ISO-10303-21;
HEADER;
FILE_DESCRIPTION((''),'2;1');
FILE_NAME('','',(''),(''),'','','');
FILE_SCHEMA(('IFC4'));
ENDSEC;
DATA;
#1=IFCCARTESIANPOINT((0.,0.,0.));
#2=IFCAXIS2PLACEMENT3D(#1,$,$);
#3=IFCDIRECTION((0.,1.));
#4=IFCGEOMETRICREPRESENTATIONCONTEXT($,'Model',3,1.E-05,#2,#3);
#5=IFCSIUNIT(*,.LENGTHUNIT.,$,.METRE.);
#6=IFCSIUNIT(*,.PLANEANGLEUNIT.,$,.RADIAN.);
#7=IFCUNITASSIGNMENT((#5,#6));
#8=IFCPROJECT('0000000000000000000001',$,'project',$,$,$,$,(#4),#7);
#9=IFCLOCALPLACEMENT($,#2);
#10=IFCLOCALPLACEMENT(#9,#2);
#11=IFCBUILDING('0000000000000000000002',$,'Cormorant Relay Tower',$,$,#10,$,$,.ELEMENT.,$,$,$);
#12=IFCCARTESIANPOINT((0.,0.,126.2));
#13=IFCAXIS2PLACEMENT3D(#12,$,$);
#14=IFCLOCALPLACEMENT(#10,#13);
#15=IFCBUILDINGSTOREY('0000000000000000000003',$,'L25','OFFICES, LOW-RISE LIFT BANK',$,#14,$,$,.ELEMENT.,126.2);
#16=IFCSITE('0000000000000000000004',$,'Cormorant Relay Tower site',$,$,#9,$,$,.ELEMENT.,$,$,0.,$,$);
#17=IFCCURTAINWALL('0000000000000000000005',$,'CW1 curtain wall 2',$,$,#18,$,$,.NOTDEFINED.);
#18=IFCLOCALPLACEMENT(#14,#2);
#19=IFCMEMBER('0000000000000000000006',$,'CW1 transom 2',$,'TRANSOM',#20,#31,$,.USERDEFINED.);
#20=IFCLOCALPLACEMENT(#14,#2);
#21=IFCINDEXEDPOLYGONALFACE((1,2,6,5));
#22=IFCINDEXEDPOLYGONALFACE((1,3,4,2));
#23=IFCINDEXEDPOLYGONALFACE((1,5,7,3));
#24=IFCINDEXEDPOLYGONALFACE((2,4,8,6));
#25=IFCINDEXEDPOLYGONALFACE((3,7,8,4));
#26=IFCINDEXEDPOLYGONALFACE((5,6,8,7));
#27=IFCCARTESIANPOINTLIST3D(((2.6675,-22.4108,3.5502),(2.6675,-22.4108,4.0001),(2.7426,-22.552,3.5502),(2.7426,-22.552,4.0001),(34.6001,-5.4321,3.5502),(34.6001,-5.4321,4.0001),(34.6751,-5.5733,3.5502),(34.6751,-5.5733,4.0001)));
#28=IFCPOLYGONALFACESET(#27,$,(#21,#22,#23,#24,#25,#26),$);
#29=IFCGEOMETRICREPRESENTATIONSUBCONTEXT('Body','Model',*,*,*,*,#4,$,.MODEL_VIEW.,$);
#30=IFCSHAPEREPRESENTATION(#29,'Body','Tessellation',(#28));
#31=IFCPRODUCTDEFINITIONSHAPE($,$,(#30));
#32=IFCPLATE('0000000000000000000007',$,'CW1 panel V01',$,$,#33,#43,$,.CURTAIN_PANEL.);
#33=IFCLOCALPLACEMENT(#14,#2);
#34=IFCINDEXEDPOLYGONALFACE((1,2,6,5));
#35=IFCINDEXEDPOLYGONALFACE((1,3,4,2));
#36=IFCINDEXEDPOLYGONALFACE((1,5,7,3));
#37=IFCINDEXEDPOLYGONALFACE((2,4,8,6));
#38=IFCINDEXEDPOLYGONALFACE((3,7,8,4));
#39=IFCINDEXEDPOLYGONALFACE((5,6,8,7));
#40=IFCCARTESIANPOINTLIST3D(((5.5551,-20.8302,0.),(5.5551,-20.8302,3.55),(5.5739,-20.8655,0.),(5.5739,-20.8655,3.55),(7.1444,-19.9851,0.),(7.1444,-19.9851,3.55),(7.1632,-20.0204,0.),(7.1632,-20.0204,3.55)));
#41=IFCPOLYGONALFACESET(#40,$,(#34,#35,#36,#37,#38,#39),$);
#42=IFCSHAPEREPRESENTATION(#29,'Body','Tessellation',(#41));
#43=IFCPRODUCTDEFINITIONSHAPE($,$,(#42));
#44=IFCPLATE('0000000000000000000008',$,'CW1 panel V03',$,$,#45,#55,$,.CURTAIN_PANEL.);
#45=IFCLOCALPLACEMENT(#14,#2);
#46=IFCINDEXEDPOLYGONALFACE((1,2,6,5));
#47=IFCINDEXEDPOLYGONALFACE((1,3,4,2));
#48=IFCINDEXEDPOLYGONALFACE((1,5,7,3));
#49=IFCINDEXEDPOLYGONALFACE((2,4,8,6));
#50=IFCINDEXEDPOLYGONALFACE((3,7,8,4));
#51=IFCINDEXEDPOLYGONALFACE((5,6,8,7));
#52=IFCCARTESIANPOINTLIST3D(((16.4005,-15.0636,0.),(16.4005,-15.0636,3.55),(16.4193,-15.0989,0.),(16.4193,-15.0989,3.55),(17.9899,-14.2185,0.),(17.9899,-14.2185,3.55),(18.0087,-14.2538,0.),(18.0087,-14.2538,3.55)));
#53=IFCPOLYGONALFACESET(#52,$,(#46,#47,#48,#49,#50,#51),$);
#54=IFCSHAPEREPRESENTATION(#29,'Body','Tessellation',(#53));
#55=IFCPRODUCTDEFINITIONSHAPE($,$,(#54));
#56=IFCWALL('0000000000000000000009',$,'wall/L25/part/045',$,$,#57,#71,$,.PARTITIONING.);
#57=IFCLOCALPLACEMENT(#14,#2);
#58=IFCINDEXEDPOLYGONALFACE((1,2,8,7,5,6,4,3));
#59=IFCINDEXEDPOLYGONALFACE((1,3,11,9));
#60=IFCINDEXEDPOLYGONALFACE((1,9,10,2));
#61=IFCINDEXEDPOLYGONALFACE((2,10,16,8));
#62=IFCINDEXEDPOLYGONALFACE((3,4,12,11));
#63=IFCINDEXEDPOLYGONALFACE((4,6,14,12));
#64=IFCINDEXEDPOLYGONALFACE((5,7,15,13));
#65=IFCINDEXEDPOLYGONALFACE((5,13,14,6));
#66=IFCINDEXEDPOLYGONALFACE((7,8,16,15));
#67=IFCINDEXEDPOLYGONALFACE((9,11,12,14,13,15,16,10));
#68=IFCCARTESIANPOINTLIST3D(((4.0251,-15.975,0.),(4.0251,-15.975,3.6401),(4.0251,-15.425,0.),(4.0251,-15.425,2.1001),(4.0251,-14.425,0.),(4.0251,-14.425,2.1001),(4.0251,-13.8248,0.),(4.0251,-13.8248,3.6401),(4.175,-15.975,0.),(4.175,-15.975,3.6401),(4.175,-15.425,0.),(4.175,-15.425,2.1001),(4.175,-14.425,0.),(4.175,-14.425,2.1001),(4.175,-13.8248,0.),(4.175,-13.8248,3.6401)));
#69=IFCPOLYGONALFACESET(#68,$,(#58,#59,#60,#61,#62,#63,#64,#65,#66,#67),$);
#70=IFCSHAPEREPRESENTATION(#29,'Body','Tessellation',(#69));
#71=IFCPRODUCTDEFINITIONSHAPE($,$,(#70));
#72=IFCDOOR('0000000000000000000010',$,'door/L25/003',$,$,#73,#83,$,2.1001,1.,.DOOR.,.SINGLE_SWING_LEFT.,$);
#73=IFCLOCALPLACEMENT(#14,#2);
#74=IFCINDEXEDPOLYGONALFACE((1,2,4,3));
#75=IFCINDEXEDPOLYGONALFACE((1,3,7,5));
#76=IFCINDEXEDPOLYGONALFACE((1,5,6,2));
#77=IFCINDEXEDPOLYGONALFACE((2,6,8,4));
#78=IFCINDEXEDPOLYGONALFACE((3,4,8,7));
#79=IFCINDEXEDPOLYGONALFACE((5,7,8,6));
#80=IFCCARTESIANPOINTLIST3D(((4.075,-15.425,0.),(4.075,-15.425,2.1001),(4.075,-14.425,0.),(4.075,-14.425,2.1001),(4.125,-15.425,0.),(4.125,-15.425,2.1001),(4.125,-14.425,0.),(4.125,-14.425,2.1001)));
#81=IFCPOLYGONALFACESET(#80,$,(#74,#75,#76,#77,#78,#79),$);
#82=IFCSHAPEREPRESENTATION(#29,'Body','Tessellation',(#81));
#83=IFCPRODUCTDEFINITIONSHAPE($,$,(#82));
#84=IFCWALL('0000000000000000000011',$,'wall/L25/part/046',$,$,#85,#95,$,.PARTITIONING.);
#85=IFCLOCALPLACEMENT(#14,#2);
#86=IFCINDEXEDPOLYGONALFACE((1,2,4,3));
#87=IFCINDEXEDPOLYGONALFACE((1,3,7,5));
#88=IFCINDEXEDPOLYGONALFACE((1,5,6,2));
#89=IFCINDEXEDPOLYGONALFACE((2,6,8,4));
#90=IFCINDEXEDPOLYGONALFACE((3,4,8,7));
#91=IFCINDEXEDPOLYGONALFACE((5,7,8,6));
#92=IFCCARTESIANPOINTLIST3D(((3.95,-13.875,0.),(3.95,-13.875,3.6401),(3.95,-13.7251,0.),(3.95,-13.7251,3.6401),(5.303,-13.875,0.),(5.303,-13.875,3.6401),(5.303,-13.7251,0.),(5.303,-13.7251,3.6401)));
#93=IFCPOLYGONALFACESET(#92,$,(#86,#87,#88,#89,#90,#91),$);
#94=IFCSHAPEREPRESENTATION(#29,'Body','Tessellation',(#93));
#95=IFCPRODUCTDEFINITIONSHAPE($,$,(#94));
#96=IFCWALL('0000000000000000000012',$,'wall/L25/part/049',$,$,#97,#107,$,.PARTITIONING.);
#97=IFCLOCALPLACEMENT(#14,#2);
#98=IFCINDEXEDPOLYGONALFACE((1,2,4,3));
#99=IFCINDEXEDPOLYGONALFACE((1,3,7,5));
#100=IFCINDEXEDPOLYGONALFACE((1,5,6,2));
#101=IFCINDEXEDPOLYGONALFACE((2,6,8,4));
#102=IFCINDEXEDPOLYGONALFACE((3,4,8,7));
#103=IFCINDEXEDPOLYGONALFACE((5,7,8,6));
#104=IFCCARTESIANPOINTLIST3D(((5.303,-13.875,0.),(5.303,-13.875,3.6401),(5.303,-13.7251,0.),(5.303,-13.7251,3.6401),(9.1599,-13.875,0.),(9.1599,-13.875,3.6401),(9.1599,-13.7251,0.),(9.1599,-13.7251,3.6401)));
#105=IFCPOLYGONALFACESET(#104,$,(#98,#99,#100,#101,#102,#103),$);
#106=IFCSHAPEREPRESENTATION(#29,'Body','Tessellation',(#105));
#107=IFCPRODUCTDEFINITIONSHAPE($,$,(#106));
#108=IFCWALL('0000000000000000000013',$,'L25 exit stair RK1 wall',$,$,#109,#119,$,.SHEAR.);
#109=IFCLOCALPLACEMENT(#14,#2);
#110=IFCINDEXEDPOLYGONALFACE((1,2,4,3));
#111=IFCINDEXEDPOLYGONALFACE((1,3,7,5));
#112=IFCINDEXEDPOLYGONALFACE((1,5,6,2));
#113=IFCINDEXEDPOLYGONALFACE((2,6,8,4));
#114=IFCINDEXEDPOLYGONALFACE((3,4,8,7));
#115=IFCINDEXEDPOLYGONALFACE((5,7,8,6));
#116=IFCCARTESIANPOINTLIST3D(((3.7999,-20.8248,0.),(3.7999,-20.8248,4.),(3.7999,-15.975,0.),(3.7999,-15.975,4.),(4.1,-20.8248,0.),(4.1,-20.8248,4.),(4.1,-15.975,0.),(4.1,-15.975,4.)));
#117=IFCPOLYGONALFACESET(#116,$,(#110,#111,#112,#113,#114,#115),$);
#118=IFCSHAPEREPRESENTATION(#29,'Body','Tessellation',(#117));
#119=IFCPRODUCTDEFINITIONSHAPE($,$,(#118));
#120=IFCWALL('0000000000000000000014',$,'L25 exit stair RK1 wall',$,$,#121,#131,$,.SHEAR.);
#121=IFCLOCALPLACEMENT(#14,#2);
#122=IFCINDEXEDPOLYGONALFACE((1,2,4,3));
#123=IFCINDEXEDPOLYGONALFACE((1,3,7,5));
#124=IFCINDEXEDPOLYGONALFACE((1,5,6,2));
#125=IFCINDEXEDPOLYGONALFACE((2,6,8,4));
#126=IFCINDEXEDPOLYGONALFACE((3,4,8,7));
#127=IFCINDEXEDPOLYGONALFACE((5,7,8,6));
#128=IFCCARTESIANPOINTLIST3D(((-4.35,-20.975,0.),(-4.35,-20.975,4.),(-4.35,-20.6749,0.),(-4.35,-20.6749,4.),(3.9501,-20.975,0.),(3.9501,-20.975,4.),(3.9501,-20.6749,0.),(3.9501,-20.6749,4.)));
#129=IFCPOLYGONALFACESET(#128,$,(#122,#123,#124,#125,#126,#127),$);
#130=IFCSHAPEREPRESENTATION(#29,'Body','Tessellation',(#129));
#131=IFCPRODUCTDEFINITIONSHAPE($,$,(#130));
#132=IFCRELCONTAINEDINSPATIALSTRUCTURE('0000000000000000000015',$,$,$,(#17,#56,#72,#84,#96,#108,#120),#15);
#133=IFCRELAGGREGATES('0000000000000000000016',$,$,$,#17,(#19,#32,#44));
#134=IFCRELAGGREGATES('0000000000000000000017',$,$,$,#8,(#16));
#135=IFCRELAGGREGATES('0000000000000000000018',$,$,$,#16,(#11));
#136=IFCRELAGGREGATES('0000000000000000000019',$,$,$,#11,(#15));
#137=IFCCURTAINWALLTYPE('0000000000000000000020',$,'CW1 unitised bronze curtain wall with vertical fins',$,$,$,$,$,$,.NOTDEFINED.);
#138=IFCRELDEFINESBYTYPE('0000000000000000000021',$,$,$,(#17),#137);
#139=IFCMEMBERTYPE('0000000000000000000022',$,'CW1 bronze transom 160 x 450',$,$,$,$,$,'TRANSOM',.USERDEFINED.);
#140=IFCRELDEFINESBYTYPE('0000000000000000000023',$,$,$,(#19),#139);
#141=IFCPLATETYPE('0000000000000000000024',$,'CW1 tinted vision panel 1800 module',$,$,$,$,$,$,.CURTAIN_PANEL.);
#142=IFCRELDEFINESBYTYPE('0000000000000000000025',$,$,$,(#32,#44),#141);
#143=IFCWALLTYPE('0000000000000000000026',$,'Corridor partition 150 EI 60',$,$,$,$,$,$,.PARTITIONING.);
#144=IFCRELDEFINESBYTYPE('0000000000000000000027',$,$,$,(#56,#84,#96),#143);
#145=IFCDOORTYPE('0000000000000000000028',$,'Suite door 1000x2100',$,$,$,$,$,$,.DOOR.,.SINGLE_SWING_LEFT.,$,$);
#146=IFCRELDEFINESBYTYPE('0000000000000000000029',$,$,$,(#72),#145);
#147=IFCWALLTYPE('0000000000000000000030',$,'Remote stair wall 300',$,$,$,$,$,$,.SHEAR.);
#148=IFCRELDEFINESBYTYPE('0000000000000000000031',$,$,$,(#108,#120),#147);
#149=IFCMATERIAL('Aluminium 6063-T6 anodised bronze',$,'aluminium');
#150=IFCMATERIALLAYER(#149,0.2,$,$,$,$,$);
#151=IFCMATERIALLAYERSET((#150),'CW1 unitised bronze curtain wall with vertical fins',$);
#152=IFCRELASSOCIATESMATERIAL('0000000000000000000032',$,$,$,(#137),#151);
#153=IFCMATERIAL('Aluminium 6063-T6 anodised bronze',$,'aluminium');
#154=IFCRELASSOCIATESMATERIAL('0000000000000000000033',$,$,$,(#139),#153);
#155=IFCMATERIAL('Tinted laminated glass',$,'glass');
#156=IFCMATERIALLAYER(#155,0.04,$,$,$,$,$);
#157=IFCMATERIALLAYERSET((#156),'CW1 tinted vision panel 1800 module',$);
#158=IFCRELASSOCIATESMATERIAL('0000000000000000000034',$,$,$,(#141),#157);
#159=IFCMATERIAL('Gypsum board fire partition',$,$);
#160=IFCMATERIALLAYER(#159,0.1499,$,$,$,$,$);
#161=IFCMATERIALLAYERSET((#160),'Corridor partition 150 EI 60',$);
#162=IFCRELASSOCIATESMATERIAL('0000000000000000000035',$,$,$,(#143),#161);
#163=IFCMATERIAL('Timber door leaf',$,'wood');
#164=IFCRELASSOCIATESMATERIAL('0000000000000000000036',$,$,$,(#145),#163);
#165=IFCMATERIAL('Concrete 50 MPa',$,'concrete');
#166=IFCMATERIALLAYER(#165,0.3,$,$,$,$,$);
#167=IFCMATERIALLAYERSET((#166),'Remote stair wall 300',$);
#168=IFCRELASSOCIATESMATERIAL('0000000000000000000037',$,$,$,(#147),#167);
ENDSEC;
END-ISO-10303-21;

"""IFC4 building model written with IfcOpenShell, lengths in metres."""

from ifc_helpers import new_model, si_unit, direction, frame, frame_2d, origin, origin_2d, place, context, subcontext, project, spatial, rectangle, extrude, material, layer, layer_set, material_profile, profile_set, type_object, element, fill, aggregate, save


model = new_model("IFC4")

# Units and contexts
model_context = context("Model", 3, precision=1e-05, world=origin(), true_north=direction((0.0, 1.0)))
body_context = subcontext(model_context, "Body", "Model", "MODEL_VIEW")
ifc_project = project(units=[si_unit("LENGTHUNIT", "METRE"), si_unit("PLANEANGLEUNIT", "RADIAN")], contexts=[model_context])

# Site, building, storey
site_placement = place(None, origin())
site = spatial("IfcSite", under=ifc_project, at=site_placement, Name="Cormorant Relay Tower site", CompositionType="ELEMENT", RefElevation=0.0)
building_placement = place(site_placement, origin())
building = spatial("IfcBuilding", under=site, at=building_placement, Name="Cormorant Relay Tower", CompositionType="ELEMENT")
storey_placement = place(building_placement, frame((0.0, 0.0, 126.2)))
storey = spatial("IfcBuildingStorey", under=building, at=storey_placement, Name="L25", Description="OFFICES, LOW-RISE LIFT BANK", CompositionType="ELEMENT", Elevation=126.2)

# Curtain wall, member, plates
ifc_material_1 = material(Name="Aluminium 6063-T6 anodised bronze", Category="aluminium")
ifc_layer_1 = layer(ifc_material_1, 0.2)
ifc_layer_set_1 = layer_set([ifc_layer_1], Name="CW1 unitised bronze curtain wall with vertical fins")
curtain_wall_type = type_object("IfcCurtainWallType", Name="CW1 unitised bronze curtain wall with vertical fins", PredefinedType="NOTDEFINED", material=ifc_layer_set_1)
curtain_wall_1_placement = place(storey_placement, origin())
curtain_wall_1 = element("IfcCurtainWall", 1, at=curtain_wall_1_placement, inside=storey, type_object=curtain_wall_type, Name="CW1 curtain wall 2", PredefinedType="NOTDEFINED")
ifc_material_2 = material(Name="Aluminium 6063-T6 anodised bronze", Category="aluminium")
ifc_material_profile_1 = material_profile(ifc_material_2, rectangle(XDim=0.1599, YDim=0.45, at=origin_2d()), Name="AL 160x450")
ifc_profile_set_1 = profile_set([ifc_material_profile_1], Name="Aluminium 6063-T6 anodised bronze")
member_type_1 = type_object("IfcMemberType", Name="CW1 bronze transom 160 x 450", ElementType="TRANSOM", PredefinedType="USERDEFINED", material=ifc_profile_set_1)
member_1_placement = place(storey_placement, frame((2.7051, -22.4814, 3.7751), z_axis=(0.882949, 0.469469, 0.0), x_axis=(-0.469469, 0.882949, 0.0)))
member_1 = element("IfcMember", 2, at=member_1_placement, type_object=member_type_1, Name="CW1 transom 2", ObjectType="TRANSOM", PredefinedType="USERDEFINED", context=body_context, shape_type="SweptSolid", body=[
    extrude(rectangle(XDim=0.1599, YDim=0.45, at=origin_2d()), origin(), (0.0, 0.0, 1.0), 36.1658),
])
ifc_material_3 = material(Name="Tinted laminated glass", Category="glass")
ifc_layer_2 = layer(ifc_material_3, 0.04)
ifc_layer_set_2 = layer_set([ifc_layer_2], Name="CW1 tinted vision panel 1800 module")
plate_type = type_object("IfcPlateType", Name="CW1 tinted vision panel 1800 module", PredefinedType="CURTAIN_PANEL", material=ifc_layer_set_2)
plate_1_placement = place(storey_placement, frame((6.3591, -20.4253, 0.0), z_axis=(0.0, 0.0, 1.0), x_axis=(0.882948, 0.469472, 0.0)))
plate_1 = element("IfcPlate", 3, at=plate_1_placement, type_object=plate_type, Name="CW1 panel V01", PredefinedType="CURTAIN_PANEL", context=body_context, shape_type="SweptSolid", body=[
    extrude(rectangle(XDim=1.8, YDim=0.04, at=origin_2d()), origin(), (0.0, 0.0, 1.0), 3.55),
])
plate_2_placement = place(storey_placement, frame((17.2046, -14.6587, 0.0), z_axis=(0.0, 0.0, 1.0), x_axis=(0.882948, 0.469472, 0.0)))
plate_2 = element("IfcPlate", 4, at=plate_2_placement, type_object=plate_type, Name="CW1 panel V03", PredefinedType="CURTAIN_PANEL", context=body_context, shape_type="SweptSolid", body=[
    extrude(rectangle(XDim=1.8, YDim=0.04, at=origin_2d()), origin(), (0.0, 0.0, 1.0), 3.55),
])

# Wall, opening, door
ifc_material_4 = material(Name="Gypsum board fire partition")
ifc_layer_3 = layer(ifc_material_4, 0.1499)
ifc_layer_set_3 = layer_set([ifc_layer_3], Name="Corridor partition 150 EI 60")
wall_type_1 = type_object("IfcWallType", Name="Corridor partition 150 EI 60", PredefinedType="PARTITIONING", material=ifc_layer_set_3)
wall_1_placement = place(storey_placement, frame((4.1001, -15.9751, 0.0), z_axis=(0.0, 0.0, 1.0), x_axis=(0.0, 1.0, 0.0)))
wall_1 = element("IfcWall", 5, at=wall_1_placement, inside=storey, type_object=wall_type_1, Name="wall/L25/part/045", PredefinedType="PARTITIONING", context=body_context, shape_type="SweptSolid", body=[
    extrude(rectangle(XDim=2.1501, YDim=0.1499, at=frame_2d((1.0752, 0.0))), origin(), (0.0, 0.0, 1.0), 3.6401),
])
opening_placement = place(wall_1_placement, frame((0.55, 0.0, 0.0)))
opening = element("IfcOpeningElement", 6, at=opening_placement, cuts=wall_1, PredefinedType="OPENING", context=body_context, shape_type="SweptSolid", body=[
    extrude(rectangle(XDim=1.0, YDim=2.1001, at=frame_2d((0.5, 1.05))), frame((0.0, 0.085, 0.0), z_axis=(0.0, -1.0, 0.0), x_axis=(1.0, 0.0, 0.0)), (0.0, 0.0, 1.0), 0.1699),
])
ifc_material_5 = material(Name="Timber door leaf", Category="wood")
door_type = type_object("IfcDoorType", Name="Suite door 1000x2100", OperationType="SINGLE_SWING_LEFT", PredefinedType="DOOR", material=ifc_material_5)
door_placement = place(opening_placement, frame((1.0, 0.0, 0.0), z_axis=(0.0, 0.0, 1.0), x_axis=(-1.0, 0.0, 0.0)))
door = element("IfcDoor", 7, at=door_placement, inside=storey, type_object=door_type, Name="door/L25/003", OperationType="SINGLE_SWING_LEFT", OverallHeight=2.1001, OverallWidth=1.0, PredefinedType="DOOR", context=body_context, shape_type="SweptSolid", body=[
    extrude(rectangle(XDim=1.0, YDim=2.1001, at=frame_2d((0.5, 1.05))), frame((0.0, 0.0249, 0.0), z_axis=(0.0, -1.0, 0.0), x_axis=(1.0, 0.0, 0.0)), (0.0, 0.0, 1.0), 0.05),
])
fill(opening, door)

# Walls
wall_2_placement = place(storey_placement, frame((5.303, -13.8, 0.0), z_axis=(0.0, 0.0, 1.0), x_axis=(-1.0, 0.0, 0.0)))
element("IfcWall", 8, at=wall_2_placement, inside=storey, type_object=wall_type_1, Name="wall/L25/part/046", PredefinedType="PARTITIONING", context=body_context, shape_type="SweptSolid", body=[
    extrude(rectangle(XDim=1.353, YDim=0.1499, at=frame_2d((0.6765, 0.0))), origin(), (0.0, 0.0, 1.0), 3.6401),
])
wall_3_placement = place(storey_placement, frame((9.1599, -13.8, 0.0), z_axis=(0.0, 0.0, 1.0), x_axis=(-1.0, 0.0, 0.0)))
element("IfcWall", 9, at=wall_3_placement, inside=storey, type_object=wall_type_1, Name="wall/L25/part/049", PredefinedType="PARTITIONING", context=body_context, shape_type="SweptSolid", body=[
    extrude(rectangle(XDim=3.8569, YDim=0.1499, at=frame_2d((1.9285, 0.0))), origin(), (0.0, 0.0, 1.0), 3.6401),
])
ifc_material_6 = material(Name="Concrete 50 MPa", Category="concrete")
ifc_layer_4 = layer(ifc_material_6, 0.3)
ifc_layer_set_4 = layer_set([ifc_layer_4], Name="Remote stair wall 300")
wall_type_2 = type_object("IfcWallType", Name="Remote stair wall 300", PredefinedType="SHEAR", material=ifc_layer_set_4)
wall_4_placement = place(storey_placement, frame((3.95, -15.9751, 0.0), z_axis=(0.0, 0.0, 1.0), x_axis=(0.0, -1.0, 0.0)))
element("IfcWall", 10, at=wall_4_placement, inside=storey, type_object=wall_type_2, Name="L25 exit stair RK1 wall", PredefinedType="SHEAR", context=body_context, shape_type="SweptSolid", body=[
    extrude(rectangle(XDim=4.8499, YDim=0.3, at=frame_2d((2.4248, 0.0))), origin(), (0.0, 0.0, 1.0), 4.0),
])
wall_5_placement = place(storey_placement, frame((3.95, -20.825, 0.0), z_axis=(0.0, 0.0, 1.0), x_axis=(-1.0, 0.0, 0.0)))
element("IfcWall", 11, at=wall_5_placement, inside=storey, type_object=wall_type_2, Name="L25 exit stair RK1 wall", PredefinedType="SHEAR", context=body_context, shape_type="SweptSolid", body=[
    extrude(rectangle(XDim=8.3, YDim=0.3, at=frame_2d((4.1499, 0.0))), origin(), (0.0, 0.0, 1.0), 4.0),
])

aggregate(curtain_wall_1, [member_1, plate_1, plate_2])

save(model, "model.ifc")
